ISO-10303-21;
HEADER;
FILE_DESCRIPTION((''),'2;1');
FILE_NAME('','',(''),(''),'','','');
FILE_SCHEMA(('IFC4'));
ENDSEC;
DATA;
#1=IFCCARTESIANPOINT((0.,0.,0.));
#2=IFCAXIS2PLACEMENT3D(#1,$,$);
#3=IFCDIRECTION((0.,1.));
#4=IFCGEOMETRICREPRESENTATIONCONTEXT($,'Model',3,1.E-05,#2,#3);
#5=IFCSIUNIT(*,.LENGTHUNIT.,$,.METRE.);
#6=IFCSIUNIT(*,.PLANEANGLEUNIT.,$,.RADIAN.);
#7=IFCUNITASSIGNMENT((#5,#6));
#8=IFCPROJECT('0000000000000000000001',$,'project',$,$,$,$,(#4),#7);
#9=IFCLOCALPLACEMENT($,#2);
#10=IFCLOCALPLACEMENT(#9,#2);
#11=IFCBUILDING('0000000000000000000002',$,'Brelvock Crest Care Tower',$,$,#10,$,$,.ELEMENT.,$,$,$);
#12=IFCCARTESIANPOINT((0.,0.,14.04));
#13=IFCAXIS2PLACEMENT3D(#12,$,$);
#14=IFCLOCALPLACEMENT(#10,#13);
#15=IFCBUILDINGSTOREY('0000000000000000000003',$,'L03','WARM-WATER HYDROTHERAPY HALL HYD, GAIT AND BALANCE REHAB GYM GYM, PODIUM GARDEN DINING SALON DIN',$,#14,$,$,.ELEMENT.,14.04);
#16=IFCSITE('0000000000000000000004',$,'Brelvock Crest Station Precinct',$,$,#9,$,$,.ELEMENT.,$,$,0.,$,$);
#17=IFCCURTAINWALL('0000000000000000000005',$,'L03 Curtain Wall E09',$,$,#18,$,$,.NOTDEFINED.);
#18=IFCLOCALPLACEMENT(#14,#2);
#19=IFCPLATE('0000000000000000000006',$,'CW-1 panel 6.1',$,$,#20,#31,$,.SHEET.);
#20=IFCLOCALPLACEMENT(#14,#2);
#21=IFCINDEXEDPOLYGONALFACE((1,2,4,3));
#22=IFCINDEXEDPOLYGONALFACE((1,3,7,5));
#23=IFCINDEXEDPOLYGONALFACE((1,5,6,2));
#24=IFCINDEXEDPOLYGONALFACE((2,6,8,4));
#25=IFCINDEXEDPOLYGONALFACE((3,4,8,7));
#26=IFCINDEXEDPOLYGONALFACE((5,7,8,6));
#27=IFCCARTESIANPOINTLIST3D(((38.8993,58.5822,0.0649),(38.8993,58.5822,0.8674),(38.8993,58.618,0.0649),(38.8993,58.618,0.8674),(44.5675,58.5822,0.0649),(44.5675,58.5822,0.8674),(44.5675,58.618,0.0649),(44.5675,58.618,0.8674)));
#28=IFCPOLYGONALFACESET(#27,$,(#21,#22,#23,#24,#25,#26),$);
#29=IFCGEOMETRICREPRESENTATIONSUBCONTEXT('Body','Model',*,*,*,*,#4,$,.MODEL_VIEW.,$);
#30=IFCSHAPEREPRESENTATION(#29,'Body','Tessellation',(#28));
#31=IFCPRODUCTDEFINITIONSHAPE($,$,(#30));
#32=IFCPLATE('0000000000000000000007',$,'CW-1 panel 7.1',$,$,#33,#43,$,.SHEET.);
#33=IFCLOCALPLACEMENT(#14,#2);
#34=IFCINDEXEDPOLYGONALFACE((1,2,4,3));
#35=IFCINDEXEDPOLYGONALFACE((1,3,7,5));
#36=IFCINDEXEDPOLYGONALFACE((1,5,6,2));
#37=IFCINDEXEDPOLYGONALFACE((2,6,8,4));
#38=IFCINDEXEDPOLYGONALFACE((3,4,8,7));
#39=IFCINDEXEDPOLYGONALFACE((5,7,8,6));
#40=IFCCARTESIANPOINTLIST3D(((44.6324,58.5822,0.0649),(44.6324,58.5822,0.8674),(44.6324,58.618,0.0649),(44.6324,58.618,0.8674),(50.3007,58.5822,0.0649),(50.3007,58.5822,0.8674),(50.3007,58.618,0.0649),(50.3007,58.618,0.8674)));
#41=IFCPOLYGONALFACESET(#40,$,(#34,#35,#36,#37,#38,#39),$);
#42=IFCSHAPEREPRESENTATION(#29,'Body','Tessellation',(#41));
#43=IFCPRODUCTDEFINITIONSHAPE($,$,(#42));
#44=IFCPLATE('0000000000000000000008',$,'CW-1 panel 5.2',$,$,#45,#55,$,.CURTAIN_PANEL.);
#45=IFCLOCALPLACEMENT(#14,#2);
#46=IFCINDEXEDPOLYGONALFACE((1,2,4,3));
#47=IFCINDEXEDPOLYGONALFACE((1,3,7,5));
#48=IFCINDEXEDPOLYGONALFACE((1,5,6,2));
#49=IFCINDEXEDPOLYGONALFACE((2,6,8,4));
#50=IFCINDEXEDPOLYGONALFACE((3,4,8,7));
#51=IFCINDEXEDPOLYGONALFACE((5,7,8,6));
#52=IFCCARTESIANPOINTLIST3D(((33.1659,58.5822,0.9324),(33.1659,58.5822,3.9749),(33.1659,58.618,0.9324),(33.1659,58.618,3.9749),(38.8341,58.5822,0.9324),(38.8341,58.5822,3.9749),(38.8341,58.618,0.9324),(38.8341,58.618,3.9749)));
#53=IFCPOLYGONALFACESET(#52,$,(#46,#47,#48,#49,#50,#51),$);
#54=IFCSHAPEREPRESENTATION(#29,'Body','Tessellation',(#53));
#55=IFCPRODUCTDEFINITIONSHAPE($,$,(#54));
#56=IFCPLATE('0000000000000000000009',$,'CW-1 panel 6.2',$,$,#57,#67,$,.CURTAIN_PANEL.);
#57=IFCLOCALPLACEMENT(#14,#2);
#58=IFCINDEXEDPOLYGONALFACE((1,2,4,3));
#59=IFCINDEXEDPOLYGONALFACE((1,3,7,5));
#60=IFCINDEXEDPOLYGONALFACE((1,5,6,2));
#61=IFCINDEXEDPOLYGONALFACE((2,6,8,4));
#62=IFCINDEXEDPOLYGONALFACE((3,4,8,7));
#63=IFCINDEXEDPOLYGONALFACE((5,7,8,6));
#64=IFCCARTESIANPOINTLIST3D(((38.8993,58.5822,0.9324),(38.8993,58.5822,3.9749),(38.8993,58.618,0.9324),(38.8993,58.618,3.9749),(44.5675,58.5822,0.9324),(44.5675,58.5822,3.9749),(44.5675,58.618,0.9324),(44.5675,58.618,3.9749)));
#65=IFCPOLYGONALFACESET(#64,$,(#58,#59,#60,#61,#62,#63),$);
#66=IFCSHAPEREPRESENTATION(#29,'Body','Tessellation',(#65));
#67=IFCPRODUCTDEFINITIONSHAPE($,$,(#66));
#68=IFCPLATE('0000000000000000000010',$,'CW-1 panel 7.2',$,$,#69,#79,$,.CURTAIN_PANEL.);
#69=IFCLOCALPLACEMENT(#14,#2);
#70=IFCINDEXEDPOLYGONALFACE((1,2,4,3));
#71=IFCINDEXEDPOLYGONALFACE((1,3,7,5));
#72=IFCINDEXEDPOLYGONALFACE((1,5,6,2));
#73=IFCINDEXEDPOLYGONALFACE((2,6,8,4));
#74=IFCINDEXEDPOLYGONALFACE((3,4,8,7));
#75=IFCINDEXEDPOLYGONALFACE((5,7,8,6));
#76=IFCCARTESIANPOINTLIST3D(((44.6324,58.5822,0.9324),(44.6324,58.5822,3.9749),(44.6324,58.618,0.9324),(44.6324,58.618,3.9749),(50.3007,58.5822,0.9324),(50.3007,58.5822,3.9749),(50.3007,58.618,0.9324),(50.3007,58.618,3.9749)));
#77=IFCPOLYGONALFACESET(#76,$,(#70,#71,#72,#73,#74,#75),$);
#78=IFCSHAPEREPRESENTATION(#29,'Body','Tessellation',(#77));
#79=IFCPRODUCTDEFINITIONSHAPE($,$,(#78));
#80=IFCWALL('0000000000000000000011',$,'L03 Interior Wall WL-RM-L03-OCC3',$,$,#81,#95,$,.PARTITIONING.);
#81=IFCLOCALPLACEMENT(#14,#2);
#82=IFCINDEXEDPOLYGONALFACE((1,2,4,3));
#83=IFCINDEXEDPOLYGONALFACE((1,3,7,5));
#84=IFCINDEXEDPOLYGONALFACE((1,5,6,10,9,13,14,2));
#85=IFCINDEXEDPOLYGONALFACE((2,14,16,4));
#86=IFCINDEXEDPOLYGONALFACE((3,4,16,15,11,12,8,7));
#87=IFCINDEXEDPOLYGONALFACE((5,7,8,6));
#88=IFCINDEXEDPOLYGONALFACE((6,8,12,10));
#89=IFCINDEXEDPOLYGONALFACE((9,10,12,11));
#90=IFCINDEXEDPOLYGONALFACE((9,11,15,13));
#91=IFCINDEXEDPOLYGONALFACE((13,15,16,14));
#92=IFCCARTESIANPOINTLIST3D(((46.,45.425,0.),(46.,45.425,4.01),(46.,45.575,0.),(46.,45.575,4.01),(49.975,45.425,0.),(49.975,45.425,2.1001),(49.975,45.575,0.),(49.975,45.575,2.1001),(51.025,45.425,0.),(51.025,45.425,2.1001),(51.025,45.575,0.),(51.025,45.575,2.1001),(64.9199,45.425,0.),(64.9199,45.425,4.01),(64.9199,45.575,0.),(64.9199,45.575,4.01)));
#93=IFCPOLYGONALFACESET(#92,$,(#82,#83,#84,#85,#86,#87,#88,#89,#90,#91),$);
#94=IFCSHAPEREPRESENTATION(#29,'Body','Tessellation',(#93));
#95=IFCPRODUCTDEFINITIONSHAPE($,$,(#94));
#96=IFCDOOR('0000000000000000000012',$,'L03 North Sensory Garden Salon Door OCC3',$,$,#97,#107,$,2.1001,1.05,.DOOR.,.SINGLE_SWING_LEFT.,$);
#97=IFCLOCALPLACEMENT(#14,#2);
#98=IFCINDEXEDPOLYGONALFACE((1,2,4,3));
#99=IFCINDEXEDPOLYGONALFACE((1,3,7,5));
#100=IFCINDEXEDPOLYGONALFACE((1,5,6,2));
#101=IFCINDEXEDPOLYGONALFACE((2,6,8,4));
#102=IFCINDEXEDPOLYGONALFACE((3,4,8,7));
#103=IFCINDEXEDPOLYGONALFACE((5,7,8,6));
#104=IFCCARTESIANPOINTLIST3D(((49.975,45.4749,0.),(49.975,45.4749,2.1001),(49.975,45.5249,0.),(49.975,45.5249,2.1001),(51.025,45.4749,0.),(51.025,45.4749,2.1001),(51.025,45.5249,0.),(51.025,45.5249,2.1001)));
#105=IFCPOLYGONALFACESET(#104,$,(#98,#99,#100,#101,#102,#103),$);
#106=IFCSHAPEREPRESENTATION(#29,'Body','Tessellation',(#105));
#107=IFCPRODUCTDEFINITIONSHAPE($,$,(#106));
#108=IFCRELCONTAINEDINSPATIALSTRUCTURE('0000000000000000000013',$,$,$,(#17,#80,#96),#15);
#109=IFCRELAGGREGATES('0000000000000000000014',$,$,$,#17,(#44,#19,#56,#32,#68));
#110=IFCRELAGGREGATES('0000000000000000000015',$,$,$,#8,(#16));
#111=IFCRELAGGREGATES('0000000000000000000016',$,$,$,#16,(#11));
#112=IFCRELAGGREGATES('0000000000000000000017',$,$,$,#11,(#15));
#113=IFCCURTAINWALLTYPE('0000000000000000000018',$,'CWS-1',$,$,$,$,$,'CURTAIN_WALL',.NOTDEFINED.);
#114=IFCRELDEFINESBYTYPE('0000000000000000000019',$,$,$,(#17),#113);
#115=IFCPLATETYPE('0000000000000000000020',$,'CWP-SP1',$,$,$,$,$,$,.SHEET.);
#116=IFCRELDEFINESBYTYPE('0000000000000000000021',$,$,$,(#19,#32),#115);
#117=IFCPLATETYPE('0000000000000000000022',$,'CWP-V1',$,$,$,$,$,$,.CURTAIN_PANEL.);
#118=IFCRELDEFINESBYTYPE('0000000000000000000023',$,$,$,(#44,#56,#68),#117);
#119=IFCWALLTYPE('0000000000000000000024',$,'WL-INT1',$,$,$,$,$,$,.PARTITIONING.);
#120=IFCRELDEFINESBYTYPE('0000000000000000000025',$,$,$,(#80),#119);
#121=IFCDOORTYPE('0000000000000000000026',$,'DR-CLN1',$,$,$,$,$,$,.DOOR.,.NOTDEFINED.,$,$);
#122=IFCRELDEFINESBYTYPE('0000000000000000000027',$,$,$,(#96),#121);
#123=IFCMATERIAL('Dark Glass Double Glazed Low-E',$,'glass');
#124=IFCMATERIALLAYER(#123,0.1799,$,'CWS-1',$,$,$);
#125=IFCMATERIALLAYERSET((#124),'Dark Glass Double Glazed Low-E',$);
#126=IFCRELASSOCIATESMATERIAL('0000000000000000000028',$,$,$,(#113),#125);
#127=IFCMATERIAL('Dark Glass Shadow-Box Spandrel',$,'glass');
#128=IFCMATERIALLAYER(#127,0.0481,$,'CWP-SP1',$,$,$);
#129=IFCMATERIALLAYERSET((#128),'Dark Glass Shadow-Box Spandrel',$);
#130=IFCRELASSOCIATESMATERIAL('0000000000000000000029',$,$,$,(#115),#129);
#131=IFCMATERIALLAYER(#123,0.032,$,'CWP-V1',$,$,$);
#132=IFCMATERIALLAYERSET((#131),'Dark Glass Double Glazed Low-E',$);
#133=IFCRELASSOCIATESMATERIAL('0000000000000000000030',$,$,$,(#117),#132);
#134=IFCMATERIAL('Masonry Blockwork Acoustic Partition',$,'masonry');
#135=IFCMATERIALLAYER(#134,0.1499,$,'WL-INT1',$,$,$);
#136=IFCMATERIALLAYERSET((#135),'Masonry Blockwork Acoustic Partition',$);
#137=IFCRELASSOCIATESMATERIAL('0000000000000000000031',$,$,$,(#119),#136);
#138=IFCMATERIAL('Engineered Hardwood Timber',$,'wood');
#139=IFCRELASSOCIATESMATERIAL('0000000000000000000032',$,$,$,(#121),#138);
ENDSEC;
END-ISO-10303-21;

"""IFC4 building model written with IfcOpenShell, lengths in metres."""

from ifc_helpers import new_model, si_unit, direction, frame, frame_2d, origin, origin_2d, place, context, subcontext, project, spatial, rectangle, extrude, source, transform, mapped, material, layer, layer_set, type_object, element, fill, aggregate, save


model = new_model("IFC4")

# Units and contexts
model_context = context("Model", 3, precision=1e-05, world=origin(), true_north=direction((0.0, 1.0)))
body_context = subcontext(model_context, "Body", "Model", "MODEL_VIEW")
ifc_project = project(units=[si_unit("LENGTHUNIT", "METRE"), si_unit("PLANEANGLEUNIT", "RADIAN")], contexts=[model_context])

# Site, building, storey
site_placement = place(None, origin())
site = spatial("IfcSite", under=ifc_project, at=site_placement, Name="Brelvock Crest Station Precinct", CompositionType="ELEMENT", RefElevation=0.0)
building_placement = place(site_placement, origin())
building = spatial("IfcBuilding", under=site, at=building_placement, Name="Brelvock Crest Care Tower", CompositionType="ELEMENT")
storey_placement = place(building_placement, frame((0.0, 0.0, 14.04)))
storey = spatial("IfcBuildingStorey", under=building, at=storey_placement, Name="L03", Description="WARM-WATER HYDROTHERAPY HALL HYD, GAIT AND BALANCE REHAB GYM GYM, PODIUM GARDEN DINING SALON DIN", CompositionType="ELEMENT", Elevation=14.04)

# Curtain wall, plates
ifc_material_1 = material(Name="Dark Glass Double Glazed Low-E", Category="glass")
ifc_layer_1 = layer(ifc_material_1, 0.1799, Name="CWS-1")
ifc_layer_set_1 = layer_set([ifc_layer_1], Name="Dark Glass Double Glazed Low-E")
curtain_wall_type = type_object("IfcCurtainWallType", Name="CWS-1", ElementType="CURTAIN_WALL", PredefinedType="NOTDEFINED", material=ifc_layer_set_1)
curtain_wall_placement = place(storey_placement, origin())
curtain_wall = element("IfcCurtainWall", 1, at=curtain_wall_placement, inside=storey, type_object=curtain_wall_type, Name="L03 Curtain Wall E09", PredefinedType="NOTDEFINED")
ifc_material_2 = material(Name="Dark Glass Shadow-Box Spandrel", Category="glass")
ifc_layer_2 = layer(ifc_material_2, 0.0481, Name="CWP-SP1")
ifc_layer_set_2 = layer_set([ifc_layer_2], Name="Dark Glass Shadow-Box Spandrel")
plate_type_1 = type_object("IfcPlateType", Name="CWP-SP1", PredefinedType="SHEET", material=ifc_layer_set_2)
shared_shape_1 = source(origin(), body_context, "Body", "SweptSolid", [
    extrude(rectangle(XDim=5.6682, YDim=0.0359, at=origin_2d()), origin(), (0.0, 0.0, 1.0), 0.8025),
])
plate_1_placement = place(storey_placement, frame((41.7334, 58.6001, 0.0649), z_axis=(0.0, 0.0, 1.0), x_axis=(1.0, 0.0, 0.0)))
plate_1 = element("IfcPlate", 2, at=plate_1_placement, type_object=plate_type_1, Name="CW-1 panel 6.1", PredefinedType="SHEET", context=body_context, shape_type="MappedRepresentation", body=[
    mapped(shared_shape_1, transform((0.0, 0.0, 0.0), x_axis=(1.0, 0.0, 0.0), y_axis=(0.0, 1.0, 0.0), z_axis=(0.0, 0.0, 1.0), scale=1.0)),
])
plate_2_placement = place(storey_placement, frame((47.4666, 58.6001, 0.0649), z_axis=(0.0, 0.0, 1.0), x_axis=(1.0, 0.0, 0.0)))
plate_2 = element("IfcPlate", 3, at=plate_2_placement, type_object=plate_type_1, Name="CW-1 panel 7.1", PredefinedType="SHEET", context=body_context, shape_type="MappedRepresentation", body=[
    mapped(shared_shape_1, transform((0.0, 0.0, 0.0), x_axis=(1.0, 0.0, 0.0), y_axis=(0.0, 1.0, 0.0), z_axis=(0.0, 0.0, 1.0), scale=1.0)),
])
ifc_layer_3 = layer(ifc_material_1, 0.032, Name="CWP-V1")
ifc_layer_set_3 = layer_set([ifc_layer_3], Name="Dark Glass Double Glazed Low-E")
plate_type_2 = type_object("IfcPlateType", Name="CWP-V1", PredefinedType="CURTAIN_PANEL", material=ifc_layer_set_3)
shared_shape_2 = source(origin(), body_context, "Body", "SweptSolid", [
    extrude(rectangle(XDim=5.6682, YDim=0.0359, at=origin_2d()), origin(), (0.0, 0.0, 1.0), 3.0425),
])
plate_3_placement = place(storey_placement, frame((36.0, 58.6001, 0.9324), z_axis=(0.0, 0.0, 1.0), x_axis=(1.0, 0.0, 0.0)))
plate_3 = element("IfcPlate", 4, at=plate_3_placement, type_object=plate_type_2, Name="CW-1 panel 5.2", PredefinedType="CURTAIN_PANEL", context=body_context, shape_type="MappedRepresentation", body=[
    mapped(shared_shape_2, transform((0.0, 0.0, 0.0), x_axis=(1.0, 0.0, 0.0), y_axis=(0.0, 1.0, 0.0), z_axis=(0.0, 0.0, 1.0), scale=1.0)),
])
plate_4_placement = place(storey_placement, frame((41.7334, 58.6001, 0.9324), z_axis=(0.0, 0.0, 1.0), x_axis=(1.0, 0.0, 0.0)))
plate_4 = element("IfcPlate", 5, at=plate_4_placement, type_object=plate_type_2, Name="CW-1 panel 6.2", PredefinedType="CURTAIN_PANEL", context=body_context, shape_type="MappedRepresentation", body=[
    mapped(shared_shape_2, transform((0.0, 0.0, 0.0), x_axis=(1.0, 0.0, 0.0), y_axis=(0.0, 1.0, 0.0), z_axis=(0.0, 0.0, 1.0), scale=1.0)),
])
plate_5_placement = place(storey_placement, frame((47.4666, 58.6001, 0.9324), z_axis=(0.0, 0.0, 1.0), x_axis=(1.0, 0.0, 0.0)))
plate_5 = element("IfcPlate", 6, at=plate_5_placement, type_object=plate_type_2, Name="CW-1 panel 7.2", PredefinedType="CURTAIN_PANEL", context=body_context, shape_type="MappedRepresentation", body=[
    mapped(shared_shape_2, transform((0.0, 0.0, 0.0), x_axis=(1.0, 0.0, 0.0), y_axis=(0.0, 1.0, 0.0), z_axis=(0.0, 0.0, 1.0), scale=1.0)),
])
aggregate(curtain_wall, [plate_3, plate_1, plate_4, plate_2, plate_5])

# Wall, opening, door
ifc_material_3 = material(Name="Masonry Blockwork Acoustic Partition", Category="masonry")
ifc_layer_4 = layer(ifc_material_3, 0.1499, Name="WL-INT1")
ifc_layer_set_4 = layer_set([ifc_layer_4], Name="Masonry Blockwork Acoustic Partition")
wall_type = type_object("IfcWallType", Name="WL-INT1", PredefinedType="PARTITIONING", material=ifc_layer_set_4)
wall_placement = place(storey_placement, frame((46.0, 45.5, 0.0), z_axis=(0.0, 0.0, 1.0), x_axis=(1.0, 0.0, 0.0)))
wall = element("IfcWall", 7, at=wall_placement, inside=storey, type_object=wall_type, Name="L03 Interior Wall WL-RM-L03-OCC3", PredefinedType="PARTITIONING", context=body_context, shape_type="SweptSolid", body=[
    extrude(rectangle(XDim=18.9199, YDim=0.1499, at=frame_2d((9.46, 0.0))), origin(), (0.0, 0.0, 1.0), 4.01),
])
opening_placement = place(wall_placement, frame((3.9751, 0.0, 0.0)))
opening = element("IfcOpeningElement", 8, at=opening_placement, cuts=wall, PredefinedType="OPENING", context=body_context, shape_type="SweptSolid", body=[
    extrude(rectangle(XDim=1.05, YDim=2.1001, at=origin_2d()), frame((0.5249, 0.085, 1.05), z_axis=(0.0, -1.0, 0.0), x_axis=(1.0, 0.0, 0.0)), (0.0, 0.0, 1.0), 0.1699),
])
ifc_material_4 = material(Name="Engineered Hardwood Timber", Category="wood")
door_type = type_object("IfcDoorType", Name="DR-CLN1", OperationType="NOTDEFINED", PredefinedType="DOOR", material=ifc_material_4)
shared_shape_3 = source(origin(), body_context, "Body", "SweptSolid", [
    extrude(rectangle(XDim=1.05, YDim=2.1001, at=origin_2d()), frame((0.5249, 0.0249, 1.05), z_axis=(0.0, -1.0, 0.0), x_axis=(1.0, 0.0, 0.0)), (0.0, 0.0, 1.0), 0.05),
])
door_placement = place(opening_placement, origin())
door = element("IfcDoor", 9, at=door_placement, inside=storey, type_object=door_type, Name="L03 North Sensory Garden Salon Door OCC3", OperationType="SINGLE_SWING_LEFT", OverallHeight=2.1001, OverallWidth=1.05, PredefinedType="DOOR", context=body_context, shape_type="MappedRepresentation", body=[
    mapped(shared_shape_3, transform((0.0, 0.0, 0.0), x_axis=(1.0, 0.0, 0.0), y_axis=(0.0, 1.0, 0.0), z_axis=(0.0, 0.0, 1.0), scale=1.0)),
])
fill(opening, door)

save(model, "model.ifc")
